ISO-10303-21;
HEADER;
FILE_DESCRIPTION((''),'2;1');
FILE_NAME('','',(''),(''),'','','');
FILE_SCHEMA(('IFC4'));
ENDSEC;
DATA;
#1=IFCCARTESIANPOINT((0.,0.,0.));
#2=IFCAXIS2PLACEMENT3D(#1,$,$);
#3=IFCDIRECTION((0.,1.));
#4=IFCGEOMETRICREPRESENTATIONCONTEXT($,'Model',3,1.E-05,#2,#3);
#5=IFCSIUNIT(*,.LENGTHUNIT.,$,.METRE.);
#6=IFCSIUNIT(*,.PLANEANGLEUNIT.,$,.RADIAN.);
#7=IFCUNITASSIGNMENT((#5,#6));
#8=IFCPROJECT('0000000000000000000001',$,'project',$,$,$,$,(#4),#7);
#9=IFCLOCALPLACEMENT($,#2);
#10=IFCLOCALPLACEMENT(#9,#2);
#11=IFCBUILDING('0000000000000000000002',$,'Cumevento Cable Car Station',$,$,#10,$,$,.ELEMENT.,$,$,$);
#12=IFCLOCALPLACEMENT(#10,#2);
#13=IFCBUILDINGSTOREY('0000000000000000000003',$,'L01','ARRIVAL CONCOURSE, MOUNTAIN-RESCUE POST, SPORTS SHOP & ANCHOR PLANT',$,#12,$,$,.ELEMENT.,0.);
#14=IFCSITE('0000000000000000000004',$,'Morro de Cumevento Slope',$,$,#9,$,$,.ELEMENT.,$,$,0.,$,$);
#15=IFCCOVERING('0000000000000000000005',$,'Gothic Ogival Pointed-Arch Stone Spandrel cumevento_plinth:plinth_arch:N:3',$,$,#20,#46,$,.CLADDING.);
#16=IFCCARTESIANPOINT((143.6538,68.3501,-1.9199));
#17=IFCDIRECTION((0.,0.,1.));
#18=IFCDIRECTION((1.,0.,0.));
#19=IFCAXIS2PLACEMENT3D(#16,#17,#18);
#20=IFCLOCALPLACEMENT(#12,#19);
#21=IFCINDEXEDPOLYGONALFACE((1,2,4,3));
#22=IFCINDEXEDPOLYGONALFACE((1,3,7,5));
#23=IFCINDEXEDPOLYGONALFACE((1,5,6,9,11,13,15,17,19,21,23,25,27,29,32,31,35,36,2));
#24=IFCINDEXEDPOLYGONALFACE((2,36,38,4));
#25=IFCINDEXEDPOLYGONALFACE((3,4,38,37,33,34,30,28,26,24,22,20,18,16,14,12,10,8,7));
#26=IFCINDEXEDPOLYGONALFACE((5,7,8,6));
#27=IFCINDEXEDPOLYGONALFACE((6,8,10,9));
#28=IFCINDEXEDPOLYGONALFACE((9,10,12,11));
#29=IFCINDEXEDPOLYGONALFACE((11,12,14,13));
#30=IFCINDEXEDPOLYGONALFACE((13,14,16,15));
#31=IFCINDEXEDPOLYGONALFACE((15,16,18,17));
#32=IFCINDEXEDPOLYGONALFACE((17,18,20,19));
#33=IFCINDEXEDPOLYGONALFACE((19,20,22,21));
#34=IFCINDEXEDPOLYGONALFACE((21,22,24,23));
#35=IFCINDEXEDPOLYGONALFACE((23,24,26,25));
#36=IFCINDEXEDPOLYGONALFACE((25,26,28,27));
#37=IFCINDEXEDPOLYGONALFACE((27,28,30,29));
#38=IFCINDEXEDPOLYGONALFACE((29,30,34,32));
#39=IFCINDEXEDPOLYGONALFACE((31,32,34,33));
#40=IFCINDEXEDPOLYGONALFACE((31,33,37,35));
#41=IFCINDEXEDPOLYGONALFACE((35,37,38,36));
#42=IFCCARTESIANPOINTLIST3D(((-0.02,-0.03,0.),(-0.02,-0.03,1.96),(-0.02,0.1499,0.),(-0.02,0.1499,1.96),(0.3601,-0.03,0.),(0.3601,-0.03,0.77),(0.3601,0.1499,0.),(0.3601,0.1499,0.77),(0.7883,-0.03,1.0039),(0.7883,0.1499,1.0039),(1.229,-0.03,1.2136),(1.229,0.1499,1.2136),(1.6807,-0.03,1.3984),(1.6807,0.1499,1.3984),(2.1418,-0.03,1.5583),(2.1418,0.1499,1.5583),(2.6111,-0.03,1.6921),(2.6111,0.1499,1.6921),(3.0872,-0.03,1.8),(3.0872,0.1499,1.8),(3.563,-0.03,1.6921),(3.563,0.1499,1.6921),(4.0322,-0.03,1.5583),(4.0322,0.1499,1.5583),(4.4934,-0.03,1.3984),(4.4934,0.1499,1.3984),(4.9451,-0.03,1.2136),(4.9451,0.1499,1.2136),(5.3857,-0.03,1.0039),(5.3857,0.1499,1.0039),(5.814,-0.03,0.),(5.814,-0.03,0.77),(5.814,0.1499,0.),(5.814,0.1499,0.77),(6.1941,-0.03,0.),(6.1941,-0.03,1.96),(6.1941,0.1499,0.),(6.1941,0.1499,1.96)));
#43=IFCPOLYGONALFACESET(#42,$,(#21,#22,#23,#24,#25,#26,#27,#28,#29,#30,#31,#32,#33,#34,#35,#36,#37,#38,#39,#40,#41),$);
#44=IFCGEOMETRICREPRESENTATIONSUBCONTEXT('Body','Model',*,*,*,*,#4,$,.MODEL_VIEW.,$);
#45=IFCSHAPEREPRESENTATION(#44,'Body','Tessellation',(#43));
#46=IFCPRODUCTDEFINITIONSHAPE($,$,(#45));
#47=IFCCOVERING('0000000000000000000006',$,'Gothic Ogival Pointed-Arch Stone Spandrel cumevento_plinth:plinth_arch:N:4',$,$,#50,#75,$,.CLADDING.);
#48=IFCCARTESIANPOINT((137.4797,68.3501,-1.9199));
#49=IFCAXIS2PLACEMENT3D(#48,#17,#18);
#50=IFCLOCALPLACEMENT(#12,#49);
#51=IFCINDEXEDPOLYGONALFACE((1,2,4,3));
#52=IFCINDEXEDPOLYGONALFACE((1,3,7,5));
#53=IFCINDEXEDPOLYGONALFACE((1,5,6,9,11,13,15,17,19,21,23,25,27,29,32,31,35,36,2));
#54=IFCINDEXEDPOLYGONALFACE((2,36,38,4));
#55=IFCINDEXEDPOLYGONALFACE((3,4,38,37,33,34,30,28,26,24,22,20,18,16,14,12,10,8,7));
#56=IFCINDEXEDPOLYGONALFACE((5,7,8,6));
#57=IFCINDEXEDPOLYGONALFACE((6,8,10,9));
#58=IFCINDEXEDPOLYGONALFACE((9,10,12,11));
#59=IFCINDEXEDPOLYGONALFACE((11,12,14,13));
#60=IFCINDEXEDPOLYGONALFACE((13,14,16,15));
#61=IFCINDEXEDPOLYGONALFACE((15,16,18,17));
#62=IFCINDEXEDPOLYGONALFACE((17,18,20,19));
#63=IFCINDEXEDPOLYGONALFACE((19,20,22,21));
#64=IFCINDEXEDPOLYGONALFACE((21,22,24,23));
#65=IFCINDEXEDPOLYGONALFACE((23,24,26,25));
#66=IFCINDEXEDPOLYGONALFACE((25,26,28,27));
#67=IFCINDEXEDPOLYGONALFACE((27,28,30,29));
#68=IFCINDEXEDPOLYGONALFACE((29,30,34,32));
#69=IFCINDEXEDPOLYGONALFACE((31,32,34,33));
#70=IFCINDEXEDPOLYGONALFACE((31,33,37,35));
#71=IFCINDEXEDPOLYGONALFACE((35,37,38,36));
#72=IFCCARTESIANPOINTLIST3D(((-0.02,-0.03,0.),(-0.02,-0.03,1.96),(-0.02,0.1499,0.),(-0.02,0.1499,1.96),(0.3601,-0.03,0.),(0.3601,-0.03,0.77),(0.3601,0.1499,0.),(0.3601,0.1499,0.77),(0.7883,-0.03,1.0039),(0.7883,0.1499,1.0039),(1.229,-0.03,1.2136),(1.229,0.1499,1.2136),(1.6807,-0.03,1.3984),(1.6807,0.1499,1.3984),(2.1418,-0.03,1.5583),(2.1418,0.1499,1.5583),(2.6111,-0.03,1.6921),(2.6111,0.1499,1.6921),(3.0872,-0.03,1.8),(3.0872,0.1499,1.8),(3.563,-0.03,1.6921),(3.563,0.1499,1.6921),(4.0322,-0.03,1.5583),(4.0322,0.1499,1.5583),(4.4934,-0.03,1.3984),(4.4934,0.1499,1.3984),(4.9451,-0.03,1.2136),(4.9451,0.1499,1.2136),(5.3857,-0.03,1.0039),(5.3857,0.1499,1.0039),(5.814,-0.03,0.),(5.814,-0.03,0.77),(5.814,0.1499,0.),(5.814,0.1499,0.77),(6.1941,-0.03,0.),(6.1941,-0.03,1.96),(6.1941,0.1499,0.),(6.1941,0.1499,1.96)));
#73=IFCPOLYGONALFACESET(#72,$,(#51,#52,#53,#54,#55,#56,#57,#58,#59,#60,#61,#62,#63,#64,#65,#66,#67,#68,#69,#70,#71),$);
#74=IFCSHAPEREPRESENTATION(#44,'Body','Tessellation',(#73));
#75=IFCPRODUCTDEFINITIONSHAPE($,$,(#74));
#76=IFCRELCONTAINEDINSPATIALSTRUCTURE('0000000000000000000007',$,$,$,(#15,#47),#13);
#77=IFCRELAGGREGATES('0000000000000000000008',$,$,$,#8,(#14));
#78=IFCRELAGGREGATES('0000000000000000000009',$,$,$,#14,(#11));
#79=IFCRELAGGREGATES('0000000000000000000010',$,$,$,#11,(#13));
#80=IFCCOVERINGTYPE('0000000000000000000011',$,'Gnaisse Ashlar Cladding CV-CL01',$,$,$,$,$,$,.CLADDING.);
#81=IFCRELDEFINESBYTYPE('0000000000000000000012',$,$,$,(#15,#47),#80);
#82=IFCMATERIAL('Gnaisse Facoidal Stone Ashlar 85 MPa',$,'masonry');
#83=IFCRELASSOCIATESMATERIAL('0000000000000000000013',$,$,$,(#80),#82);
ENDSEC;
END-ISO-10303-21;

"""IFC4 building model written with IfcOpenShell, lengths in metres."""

from ifc_helpers import new_model, si_unit, direction, frame, origin, place, context, subcontext, project, spatial, polyline, outline, extrude, material, type_object, element, save


model = new_model("IFC4")

# Units and contexts
model_context = context("Model", 3, precision=1e-05, world=origin(), true_north=direction((0.0, 1.0)))
body_context = subcontext(model_context, "Body", "Model", "MODEL_VIEW")
ifc_project = project(units=[si_unit("LENGTHUNIT", "METRE"), si_unit("PLANEANGLEUNIT", "RADIAN")], contexts=[model_context])

# Site, building, storey
site_placement = place(None, origin())
site = spatial("IfcSite", under=ifc_project, at=site_placement, Name="Morro de Cumevento Slope", CompositionType="ELEMENT", RefElevation=0.0)
building_placement = place(site_placement, origin())
building = spatial("IfcBuilding", under=site, at=building_placement, Name="Cumevento Cable Car Station", CompositionType="ELEMENT")
storey_placement = place(building_placement, origin())
storey = spatial("IfcBuildingStorey", under=building, at=storey_placement, Name="L01", Description="ARRIVAL CONCOURSE, MOUNTAIN-RESCUE POST, SPORTS SHOP & ANCHOR PLANT", CompositionType="ELEMENT", Elevation=0.0)

# Coverings
ifc_material_1 = material(Name="Gnaisse Facoidal Stone Ashlar 85 MPa", Category="masonry")
covering_type = type_object("IfcCoveringType", Name="Gnaisse Ashlar Cladding CV-CL01", PredefinedType="CLADDING", material=ifc_material_1)
for number, where, z_axis, x_axis, name in (
    (1, (143.6538, 68.3501, -1.9199), (0.0, 0.0, 1.0), (1.0, 0.0, 0.0), "Gothic Ogival Pointed-Arch Stone Spandrel cumevento_plinth:plinth_arch:N:3"),
    (2, (137.4797, 68.3501, -1.9199), (0.0, 0.0, 1.0), (1.0, 0.0, 0.0), "Gothic Ogival Pointed-Arch Stone Spandrel cumevento_plinth:plinth_arch:N:4"),
):
    element("IfcCovering", number, at=place(storey_placement, frame(where, z_axis=z_axis, x_axis=x_axis)), inside=storey, type_object=covering_type, Name=name, PredefinedType="CLADDING", context=body_context, shape_type="SweptSolid", body=[
        extrude(outline(polyline([(-0.02, 0.0), (-0.02, 1.96), (6.1941, 1.96), (6.1941, 0.0), (5.814, 0.0), (5.814, 0.77), (5.3857, 1.0039), (4.9451, 1.2136), (4.4934, 1.3984), (4.0322, 1.5583), (3.563, 1.6921), (3.0872, 1.8), (2.6111, 1.6921), (2.1418, 1.5583), (1.6807, 1.3984), (1.229, 1.2136), (0.7883, 1.0039), (0.3601, 0.77), (0.3601, 0.0), (-0.02, 0.0)])), frame((0.0, 0.1499, 0.0), z_axis=(0.0, -1.0, 0.0), x_axis=(1.0, 0.0, 0.0)), (0.0, 0.0, 1.0), 0.1799),
    ])

save(model, "model.ifc")
